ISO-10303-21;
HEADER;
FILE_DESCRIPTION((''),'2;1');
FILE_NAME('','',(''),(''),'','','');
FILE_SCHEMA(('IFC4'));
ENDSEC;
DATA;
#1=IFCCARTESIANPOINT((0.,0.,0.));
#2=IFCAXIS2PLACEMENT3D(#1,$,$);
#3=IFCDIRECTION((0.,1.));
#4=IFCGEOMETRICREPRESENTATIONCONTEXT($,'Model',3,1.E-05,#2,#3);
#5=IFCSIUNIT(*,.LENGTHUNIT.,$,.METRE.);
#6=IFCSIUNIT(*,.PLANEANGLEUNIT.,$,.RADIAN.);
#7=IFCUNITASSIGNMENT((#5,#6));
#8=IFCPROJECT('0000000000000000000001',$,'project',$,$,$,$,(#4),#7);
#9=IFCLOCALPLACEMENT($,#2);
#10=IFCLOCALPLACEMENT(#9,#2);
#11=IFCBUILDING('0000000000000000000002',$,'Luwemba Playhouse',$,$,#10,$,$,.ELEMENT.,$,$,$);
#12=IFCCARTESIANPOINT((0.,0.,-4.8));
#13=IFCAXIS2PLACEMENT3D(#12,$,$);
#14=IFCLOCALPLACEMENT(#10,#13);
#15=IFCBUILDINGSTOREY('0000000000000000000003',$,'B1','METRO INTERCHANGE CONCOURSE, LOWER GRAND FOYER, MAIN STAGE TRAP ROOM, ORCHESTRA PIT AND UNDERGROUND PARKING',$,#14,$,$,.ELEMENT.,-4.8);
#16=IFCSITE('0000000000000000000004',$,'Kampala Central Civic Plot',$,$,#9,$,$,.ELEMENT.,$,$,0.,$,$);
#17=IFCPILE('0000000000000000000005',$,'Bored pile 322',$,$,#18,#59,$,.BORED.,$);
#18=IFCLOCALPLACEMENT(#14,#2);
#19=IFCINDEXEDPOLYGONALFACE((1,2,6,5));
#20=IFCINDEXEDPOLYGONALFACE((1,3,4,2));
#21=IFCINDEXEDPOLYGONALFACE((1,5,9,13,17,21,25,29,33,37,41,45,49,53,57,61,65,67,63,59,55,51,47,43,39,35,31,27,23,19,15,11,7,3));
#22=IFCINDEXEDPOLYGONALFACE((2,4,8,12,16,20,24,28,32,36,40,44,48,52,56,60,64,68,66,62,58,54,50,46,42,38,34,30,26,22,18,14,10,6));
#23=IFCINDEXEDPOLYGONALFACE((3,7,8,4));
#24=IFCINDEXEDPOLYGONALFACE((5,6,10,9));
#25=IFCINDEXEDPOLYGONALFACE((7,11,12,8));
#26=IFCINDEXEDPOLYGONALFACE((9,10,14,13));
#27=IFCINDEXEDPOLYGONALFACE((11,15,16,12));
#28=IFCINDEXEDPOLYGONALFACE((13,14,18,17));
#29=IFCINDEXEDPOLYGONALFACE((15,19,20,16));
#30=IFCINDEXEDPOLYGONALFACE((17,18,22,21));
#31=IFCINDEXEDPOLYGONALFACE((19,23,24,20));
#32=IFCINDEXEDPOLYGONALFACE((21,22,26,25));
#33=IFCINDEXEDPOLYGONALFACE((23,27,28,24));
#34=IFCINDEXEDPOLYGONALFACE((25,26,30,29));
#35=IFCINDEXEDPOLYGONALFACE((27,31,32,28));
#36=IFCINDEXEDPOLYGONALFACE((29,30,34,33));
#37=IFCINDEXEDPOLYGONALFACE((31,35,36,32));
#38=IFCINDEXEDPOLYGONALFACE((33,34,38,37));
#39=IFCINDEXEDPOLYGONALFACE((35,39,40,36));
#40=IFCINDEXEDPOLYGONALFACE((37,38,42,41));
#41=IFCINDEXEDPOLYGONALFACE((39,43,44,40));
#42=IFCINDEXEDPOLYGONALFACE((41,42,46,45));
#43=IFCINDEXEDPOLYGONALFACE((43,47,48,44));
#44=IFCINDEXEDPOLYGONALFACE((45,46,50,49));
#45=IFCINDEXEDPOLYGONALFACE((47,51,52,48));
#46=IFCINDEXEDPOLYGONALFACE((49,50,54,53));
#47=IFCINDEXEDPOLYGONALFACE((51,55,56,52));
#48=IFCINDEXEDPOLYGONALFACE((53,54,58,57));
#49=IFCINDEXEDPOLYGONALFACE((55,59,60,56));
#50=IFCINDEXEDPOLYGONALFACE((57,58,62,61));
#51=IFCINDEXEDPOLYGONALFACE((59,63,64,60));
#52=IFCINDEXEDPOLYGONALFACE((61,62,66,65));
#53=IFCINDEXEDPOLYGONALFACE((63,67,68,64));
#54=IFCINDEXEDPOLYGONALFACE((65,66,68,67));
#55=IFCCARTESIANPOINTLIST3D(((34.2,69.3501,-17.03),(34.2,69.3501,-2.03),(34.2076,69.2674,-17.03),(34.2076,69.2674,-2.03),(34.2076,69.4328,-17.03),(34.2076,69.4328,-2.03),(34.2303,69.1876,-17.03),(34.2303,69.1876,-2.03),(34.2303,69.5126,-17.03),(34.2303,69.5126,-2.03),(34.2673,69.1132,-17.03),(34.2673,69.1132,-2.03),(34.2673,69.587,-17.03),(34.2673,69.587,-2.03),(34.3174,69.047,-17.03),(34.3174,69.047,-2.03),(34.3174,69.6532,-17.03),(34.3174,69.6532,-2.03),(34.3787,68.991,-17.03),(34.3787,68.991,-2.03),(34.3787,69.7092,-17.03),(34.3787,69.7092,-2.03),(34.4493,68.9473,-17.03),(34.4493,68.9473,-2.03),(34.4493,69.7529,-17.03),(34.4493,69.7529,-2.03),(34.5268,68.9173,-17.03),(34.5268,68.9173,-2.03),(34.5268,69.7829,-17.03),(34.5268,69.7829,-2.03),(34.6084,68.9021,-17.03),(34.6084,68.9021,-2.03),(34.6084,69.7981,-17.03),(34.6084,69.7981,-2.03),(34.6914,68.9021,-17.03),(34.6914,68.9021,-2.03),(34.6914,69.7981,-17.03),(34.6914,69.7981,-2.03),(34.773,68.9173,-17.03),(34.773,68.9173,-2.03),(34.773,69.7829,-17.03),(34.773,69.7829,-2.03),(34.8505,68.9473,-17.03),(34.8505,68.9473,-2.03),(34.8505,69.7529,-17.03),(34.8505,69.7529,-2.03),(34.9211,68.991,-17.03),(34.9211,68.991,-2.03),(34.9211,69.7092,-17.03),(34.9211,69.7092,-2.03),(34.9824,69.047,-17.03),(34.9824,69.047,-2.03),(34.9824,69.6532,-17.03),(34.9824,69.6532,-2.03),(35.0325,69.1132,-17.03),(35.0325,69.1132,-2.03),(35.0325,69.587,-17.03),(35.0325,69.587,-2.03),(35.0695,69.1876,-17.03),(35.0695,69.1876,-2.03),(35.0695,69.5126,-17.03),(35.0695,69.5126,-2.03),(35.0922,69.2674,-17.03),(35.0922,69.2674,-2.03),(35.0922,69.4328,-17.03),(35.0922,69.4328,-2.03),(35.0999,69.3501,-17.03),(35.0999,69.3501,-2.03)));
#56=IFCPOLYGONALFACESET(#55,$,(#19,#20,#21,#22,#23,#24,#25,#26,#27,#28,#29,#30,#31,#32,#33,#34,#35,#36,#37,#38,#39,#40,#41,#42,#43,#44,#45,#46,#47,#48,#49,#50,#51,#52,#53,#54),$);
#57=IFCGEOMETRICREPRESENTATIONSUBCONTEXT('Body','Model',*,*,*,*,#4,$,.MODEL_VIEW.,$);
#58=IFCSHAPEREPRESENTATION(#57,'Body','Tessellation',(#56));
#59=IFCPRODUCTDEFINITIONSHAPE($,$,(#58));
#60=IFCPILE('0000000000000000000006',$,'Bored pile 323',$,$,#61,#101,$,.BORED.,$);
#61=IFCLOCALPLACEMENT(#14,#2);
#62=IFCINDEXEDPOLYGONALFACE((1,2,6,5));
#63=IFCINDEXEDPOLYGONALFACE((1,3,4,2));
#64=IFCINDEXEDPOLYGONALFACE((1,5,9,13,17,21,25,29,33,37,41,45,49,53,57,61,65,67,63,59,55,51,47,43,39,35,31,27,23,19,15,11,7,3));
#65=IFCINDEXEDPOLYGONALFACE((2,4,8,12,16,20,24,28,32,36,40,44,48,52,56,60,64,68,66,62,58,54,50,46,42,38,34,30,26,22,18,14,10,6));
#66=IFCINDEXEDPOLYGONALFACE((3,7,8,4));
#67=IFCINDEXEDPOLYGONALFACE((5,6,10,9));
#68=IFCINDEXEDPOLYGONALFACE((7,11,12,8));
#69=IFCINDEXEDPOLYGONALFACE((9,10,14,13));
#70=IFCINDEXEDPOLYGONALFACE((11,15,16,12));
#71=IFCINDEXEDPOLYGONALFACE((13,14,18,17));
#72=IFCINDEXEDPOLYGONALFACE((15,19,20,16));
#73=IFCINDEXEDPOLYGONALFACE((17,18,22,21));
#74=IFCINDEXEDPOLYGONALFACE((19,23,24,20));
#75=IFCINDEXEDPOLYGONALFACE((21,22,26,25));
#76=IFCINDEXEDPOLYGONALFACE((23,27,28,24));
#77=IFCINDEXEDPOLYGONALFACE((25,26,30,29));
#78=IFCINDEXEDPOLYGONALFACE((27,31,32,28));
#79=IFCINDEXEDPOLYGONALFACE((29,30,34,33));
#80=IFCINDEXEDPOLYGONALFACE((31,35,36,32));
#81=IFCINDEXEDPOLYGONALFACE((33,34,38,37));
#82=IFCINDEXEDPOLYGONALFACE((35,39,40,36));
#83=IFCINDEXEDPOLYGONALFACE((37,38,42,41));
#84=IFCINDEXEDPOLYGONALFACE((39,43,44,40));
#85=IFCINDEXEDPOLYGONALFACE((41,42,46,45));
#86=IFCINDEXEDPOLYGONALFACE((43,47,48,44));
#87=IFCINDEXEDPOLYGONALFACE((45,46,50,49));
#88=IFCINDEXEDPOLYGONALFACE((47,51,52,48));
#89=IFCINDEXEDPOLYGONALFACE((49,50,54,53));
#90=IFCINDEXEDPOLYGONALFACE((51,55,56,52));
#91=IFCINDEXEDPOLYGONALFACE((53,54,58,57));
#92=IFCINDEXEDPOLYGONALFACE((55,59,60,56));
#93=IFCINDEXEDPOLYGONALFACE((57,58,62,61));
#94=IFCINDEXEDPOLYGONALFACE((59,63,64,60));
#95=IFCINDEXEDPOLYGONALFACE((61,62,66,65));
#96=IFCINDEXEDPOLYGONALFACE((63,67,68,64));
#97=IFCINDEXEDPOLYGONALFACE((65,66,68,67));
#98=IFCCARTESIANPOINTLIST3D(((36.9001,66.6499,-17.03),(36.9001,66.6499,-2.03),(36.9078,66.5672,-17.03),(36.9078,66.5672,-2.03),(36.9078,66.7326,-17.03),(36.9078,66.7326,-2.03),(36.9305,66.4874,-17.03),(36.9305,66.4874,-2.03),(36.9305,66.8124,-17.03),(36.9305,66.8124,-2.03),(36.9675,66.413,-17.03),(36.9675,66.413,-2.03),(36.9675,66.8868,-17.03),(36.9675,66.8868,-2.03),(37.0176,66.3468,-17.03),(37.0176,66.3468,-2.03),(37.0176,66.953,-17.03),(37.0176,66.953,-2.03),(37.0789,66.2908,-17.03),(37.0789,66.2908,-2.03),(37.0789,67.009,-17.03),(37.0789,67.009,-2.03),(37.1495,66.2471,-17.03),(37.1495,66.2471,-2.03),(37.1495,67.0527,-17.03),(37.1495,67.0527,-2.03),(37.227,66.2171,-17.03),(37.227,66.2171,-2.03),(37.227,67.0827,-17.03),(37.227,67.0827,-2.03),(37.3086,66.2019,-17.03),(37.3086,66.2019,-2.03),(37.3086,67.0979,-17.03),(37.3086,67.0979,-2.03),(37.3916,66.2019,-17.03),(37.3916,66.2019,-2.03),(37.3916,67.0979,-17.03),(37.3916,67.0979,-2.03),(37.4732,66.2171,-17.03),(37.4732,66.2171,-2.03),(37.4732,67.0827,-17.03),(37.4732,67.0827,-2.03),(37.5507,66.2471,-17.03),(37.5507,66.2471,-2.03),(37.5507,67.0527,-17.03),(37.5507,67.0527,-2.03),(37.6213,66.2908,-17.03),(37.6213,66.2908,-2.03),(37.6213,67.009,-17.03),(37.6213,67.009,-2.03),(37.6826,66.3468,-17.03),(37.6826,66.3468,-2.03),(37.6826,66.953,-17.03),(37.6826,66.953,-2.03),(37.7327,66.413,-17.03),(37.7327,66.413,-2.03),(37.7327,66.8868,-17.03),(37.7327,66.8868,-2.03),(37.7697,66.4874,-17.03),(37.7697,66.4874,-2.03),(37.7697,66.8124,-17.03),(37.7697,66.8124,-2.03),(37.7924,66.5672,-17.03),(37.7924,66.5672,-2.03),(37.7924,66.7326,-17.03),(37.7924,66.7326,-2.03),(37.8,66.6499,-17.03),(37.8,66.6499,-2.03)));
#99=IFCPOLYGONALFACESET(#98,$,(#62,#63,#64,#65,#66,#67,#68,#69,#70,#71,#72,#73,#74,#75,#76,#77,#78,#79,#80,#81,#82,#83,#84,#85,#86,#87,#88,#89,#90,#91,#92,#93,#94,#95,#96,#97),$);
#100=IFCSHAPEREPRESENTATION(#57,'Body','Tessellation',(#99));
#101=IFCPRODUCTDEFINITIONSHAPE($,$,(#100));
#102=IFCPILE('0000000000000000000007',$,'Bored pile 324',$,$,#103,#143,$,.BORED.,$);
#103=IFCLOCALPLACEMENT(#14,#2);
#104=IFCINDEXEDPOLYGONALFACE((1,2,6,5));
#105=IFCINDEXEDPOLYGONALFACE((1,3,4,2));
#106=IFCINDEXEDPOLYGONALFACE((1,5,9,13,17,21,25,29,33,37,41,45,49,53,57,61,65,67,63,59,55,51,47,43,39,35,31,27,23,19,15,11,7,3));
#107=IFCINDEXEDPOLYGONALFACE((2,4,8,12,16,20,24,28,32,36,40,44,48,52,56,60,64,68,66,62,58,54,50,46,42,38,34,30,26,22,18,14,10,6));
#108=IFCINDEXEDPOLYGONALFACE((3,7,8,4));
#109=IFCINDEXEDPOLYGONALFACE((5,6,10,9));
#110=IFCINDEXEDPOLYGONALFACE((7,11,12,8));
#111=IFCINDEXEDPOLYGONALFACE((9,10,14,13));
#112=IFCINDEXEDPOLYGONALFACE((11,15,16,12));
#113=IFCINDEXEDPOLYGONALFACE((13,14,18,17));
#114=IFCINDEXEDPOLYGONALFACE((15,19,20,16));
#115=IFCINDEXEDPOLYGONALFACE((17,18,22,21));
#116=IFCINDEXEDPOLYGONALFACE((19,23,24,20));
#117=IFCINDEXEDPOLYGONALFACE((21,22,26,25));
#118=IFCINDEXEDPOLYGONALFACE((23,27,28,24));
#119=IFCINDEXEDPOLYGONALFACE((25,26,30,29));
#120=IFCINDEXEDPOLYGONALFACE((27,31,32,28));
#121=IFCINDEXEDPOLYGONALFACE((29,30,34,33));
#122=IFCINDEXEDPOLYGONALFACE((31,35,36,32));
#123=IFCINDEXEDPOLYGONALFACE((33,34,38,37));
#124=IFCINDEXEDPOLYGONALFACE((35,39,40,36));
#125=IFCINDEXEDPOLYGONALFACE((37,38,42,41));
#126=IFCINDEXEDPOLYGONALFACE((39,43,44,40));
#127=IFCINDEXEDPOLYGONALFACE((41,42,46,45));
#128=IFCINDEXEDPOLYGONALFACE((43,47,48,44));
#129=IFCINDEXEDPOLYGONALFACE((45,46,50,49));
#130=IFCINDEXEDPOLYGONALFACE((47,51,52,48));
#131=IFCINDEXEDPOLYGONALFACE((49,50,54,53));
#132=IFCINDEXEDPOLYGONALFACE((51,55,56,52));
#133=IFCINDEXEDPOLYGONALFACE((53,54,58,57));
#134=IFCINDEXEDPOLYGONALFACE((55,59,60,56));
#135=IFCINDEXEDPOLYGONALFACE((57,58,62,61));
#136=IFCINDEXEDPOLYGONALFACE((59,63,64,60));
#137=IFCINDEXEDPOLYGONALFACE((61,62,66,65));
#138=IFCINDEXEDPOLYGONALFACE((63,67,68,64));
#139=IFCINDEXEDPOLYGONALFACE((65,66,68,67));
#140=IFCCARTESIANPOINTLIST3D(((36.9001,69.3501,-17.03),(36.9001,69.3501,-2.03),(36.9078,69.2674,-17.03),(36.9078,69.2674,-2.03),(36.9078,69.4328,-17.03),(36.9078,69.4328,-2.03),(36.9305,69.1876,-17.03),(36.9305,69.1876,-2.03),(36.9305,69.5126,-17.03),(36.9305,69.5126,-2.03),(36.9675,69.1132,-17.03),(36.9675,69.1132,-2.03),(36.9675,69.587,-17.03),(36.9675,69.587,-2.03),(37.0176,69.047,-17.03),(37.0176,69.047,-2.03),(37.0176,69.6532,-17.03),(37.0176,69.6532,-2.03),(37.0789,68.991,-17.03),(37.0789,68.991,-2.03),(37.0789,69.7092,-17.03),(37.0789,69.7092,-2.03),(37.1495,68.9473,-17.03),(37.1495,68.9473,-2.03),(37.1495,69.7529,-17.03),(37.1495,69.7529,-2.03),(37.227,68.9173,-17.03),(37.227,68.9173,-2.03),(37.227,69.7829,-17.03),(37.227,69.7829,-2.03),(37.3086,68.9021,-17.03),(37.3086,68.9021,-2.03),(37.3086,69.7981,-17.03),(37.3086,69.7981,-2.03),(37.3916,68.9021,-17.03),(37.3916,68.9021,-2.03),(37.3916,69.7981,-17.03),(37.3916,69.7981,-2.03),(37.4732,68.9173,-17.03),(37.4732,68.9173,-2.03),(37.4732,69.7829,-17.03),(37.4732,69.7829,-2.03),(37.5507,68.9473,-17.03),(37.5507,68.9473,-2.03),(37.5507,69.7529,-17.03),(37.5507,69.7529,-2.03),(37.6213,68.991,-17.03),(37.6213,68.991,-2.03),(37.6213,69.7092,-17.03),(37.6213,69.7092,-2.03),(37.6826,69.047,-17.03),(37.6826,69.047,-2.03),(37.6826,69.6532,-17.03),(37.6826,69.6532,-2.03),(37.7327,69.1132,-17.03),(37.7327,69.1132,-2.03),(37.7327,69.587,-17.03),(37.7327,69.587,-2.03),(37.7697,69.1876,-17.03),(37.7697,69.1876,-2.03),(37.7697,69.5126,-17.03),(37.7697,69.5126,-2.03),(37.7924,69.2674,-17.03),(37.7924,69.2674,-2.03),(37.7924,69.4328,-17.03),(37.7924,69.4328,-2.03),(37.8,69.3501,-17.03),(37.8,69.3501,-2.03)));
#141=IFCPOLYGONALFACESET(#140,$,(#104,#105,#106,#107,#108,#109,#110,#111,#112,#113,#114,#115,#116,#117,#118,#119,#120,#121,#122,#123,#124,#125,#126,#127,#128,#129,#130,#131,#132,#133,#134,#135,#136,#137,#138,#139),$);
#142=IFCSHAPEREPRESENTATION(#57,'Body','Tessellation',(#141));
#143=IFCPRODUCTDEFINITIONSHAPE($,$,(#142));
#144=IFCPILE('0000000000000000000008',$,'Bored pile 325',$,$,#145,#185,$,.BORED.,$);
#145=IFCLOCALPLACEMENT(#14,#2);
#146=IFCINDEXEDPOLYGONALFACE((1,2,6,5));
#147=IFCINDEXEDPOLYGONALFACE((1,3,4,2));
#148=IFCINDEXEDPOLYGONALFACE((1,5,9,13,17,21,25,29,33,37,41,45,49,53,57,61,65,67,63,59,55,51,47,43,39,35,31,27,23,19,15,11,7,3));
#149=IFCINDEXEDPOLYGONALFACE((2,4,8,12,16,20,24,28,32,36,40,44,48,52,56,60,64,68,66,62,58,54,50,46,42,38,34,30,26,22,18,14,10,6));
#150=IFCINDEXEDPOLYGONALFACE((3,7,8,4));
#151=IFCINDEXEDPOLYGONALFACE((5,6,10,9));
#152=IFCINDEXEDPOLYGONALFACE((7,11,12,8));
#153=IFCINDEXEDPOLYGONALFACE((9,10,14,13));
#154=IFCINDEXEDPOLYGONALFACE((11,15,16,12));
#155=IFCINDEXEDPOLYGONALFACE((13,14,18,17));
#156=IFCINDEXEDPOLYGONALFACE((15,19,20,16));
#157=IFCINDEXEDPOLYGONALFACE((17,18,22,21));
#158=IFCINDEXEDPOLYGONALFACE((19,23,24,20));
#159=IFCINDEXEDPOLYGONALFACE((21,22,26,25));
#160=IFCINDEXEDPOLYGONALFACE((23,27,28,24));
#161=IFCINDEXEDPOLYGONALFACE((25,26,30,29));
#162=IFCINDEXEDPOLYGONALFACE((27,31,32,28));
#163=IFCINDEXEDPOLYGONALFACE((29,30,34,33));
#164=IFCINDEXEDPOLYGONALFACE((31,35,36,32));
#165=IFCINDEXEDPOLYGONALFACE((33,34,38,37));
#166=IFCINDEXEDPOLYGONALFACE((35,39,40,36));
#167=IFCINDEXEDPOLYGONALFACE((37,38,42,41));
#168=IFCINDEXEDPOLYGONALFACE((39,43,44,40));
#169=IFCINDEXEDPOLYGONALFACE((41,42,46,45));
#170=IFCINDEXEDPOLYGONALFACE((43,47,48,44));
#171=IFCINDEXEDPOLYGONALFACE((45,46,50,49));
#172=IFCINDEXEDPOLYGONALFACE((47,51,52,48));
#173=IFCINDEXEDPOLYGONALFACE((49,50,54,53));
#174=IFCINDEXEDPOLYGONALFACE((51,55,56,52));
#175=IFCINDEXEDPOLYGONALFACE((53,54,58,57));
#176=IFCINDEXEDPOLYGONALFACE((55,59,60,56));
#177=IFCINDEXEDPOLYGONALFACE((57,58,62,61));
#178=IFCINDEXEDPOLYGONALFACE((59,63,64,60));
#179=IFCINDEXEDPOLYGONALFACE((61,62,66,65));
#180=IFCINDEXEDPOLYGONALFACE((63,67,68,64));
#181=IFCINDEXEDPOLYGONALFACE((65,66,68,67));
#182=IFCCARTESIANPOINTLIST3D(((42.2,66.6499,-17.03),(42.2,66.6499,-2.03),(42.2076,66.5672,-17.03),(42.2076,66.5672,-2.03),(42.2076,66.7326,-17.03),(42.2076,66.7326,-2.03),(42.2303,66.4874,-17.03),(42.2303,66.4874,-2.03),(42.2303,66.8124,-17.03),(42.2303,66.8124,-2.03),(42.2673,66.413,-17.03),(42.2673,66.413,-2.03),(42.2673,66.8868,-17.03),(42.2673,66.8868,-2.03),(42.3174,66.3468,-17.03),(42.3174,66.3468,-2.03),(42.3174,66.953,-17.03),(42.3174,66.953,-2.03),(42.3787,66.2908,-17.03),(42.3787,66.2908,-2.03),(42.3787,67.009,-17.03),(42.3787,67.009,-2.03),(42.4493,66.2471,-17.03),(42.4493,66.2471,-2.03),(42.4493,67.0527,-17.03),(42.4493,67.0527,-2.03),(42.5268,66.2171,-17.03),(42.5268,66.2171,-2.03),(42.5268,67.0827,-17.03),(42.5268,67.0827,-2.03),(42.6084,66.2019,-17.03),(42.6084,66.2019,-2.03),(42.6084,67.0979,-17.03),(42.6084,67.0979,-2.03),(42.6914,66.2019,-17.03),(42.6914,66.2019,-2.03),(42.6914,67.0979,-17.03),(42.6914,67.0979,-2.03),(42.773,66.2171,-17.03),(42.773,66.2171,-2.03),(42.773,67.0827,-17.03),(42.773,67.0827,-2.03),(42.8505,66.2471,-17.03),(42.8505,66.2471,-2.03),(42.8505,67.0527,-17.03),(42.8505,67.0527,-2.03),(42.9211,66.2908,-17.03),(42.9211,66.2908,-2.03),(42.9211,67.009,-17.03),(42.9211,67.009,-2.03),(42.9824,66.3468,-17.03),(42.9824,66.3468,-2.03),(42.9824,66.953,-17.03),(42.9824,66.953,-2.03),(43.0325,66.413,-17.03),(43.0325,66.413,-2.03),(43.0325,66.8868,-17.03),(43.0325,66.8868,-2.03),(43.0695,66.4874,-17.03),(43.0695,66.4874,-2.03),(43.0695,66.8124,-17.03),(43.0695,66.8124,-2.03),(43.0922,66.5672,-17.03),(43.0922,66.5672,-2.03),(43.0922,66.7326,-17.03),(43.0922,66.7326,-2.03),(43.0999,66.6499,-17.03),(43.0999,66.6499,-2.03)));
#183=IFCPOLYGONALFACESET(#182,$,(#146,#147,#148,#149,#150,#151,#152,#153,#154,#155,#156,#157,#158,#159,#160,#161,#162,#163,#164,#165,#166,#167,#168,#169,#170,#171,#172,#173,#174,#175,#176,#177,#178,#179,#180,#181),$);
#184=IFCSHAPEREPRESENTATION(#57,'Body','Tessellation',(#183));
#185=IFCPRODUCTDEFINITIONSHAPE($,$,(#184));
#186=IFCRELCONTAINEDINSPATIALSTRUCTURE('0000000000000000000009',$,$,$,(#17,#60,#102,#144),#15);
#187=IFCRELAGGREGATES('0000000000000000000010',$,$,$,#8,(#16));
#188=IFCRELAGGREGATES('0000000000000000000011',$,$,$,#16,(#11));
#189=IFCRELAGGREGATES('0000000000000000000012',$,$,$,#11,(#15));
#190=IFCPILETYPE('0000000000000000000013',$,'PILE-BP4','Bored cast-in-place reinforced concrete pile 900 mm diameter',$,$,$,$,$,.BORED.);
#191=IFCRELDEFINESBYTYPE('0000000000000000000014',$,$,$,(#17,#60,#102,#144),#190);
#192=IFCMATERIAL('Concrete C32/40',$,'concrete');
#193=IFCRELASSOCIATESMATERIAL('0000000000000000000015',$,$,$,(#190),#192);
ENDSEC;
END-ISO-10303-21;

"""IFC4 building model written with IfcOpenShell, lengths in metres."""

from ifc_helpers import new_model, si_unit, direction, frame, origin, origin_2d, place, context, subcontext, project, spatial, circle, extrude, material, material_profile, profile_set, type_object, element, save


model = new_model("IFC4")

# Units and contexts
model_context = context("Model", 3, precision=1e-05, world=origin(), true_north=direction((0.0, 1.0)))
body_context = subcontext(model_context, "Body", "Model", "MODEL_VIEW")
ifc_project = project(units=[si_unit("LENGTHUNIT", "METRE"), si_unit("PLANEANGLEUNIT", "RADIAN")], contexts=[model_context])

# Site, building, storey
site_placement = place(None, origin())
site = spatial("IfcSite", under=ifc_project, at=site_placement, Name="Kampala Central Civic Plot", CompositionType="ELEMENT", RefElevation=0.0)
building_placement = place(site_placement, origin())
building = spatial("IfcBuilding", under=site, at=building_placement, Name="Luwemba Playhouse", CompositionType="ELEMENT")
storey_placement = place(building_placement, frame((0.0, 0.0, -4.8)))
storey = spatial("IfcBuildingStorey", under=building, at=storey_placement, Name="B1", Description="METRO INTERCHANGE CONCOURSE, LOWER GRAND FOYER, MAIN STAGE TRAP ROOM, ORCHESTRA PIT AND UNDERGROUND PARKING", CompositionType="ELEMENT", Elevation=-4.8)

# Shared definitions
ifc_material_1 = material(Name="Concrete C32/40", Category="concrete")

# Piles
ifc_material_profile_1 = material_profile(ifc_material_1, circle(Radius=0.45, at=origin_2d()))
ifc_profile_set_1 = profile_set([ifc_material_profile_1], Name="Concrete C32/40")
pile_type_1 = type_object("IfcPileType", Name="PILE-BP4", Description="Bored cast-in-place reinforced concrete pile 900 mm diameter", PredefinedType="BORED", material=ifc_profile_set_1)
for number, where, z_axis, x_axis, name in (
    (1, (34.6499, 69.3501, -2.03), (0.0, 0.0, -1.0), (1.0, 0.0, 0.0), "Bored pile 322"),
    (2, (37.3501, 66.6499, -2.03), (0.0, 0.0, -1.0), (1.0, 0.0, 0.0), "Bored pile 323"),
    (3, (37.3501, 69.3501, -2.03), (0.0, 0.0, -1.0), (1.0, 0.0, 0.0), "Bored pile 324"),
    (4, (42.6499, 66.6499, -2.03), (0.0, 0.0, -1.0), (1.0, 0.0, 0.0), "Bored pile 325"),
):
    element("IfcPile", number, at=place(storey_placement, frame(where, z_axis=z_axis, x_axis=x_axis)), inside=storey, type_object=pile_type_1, Name=name, PredefinedType="BORED", context=body_context, shape_type="SweptSolid", body=[
        extrude(circle(Radius=0.45, at=origin_2d()), origin(), (0.0, 0.0, 1.0), 15.0),
    ])

save(model, "model.ifc")
